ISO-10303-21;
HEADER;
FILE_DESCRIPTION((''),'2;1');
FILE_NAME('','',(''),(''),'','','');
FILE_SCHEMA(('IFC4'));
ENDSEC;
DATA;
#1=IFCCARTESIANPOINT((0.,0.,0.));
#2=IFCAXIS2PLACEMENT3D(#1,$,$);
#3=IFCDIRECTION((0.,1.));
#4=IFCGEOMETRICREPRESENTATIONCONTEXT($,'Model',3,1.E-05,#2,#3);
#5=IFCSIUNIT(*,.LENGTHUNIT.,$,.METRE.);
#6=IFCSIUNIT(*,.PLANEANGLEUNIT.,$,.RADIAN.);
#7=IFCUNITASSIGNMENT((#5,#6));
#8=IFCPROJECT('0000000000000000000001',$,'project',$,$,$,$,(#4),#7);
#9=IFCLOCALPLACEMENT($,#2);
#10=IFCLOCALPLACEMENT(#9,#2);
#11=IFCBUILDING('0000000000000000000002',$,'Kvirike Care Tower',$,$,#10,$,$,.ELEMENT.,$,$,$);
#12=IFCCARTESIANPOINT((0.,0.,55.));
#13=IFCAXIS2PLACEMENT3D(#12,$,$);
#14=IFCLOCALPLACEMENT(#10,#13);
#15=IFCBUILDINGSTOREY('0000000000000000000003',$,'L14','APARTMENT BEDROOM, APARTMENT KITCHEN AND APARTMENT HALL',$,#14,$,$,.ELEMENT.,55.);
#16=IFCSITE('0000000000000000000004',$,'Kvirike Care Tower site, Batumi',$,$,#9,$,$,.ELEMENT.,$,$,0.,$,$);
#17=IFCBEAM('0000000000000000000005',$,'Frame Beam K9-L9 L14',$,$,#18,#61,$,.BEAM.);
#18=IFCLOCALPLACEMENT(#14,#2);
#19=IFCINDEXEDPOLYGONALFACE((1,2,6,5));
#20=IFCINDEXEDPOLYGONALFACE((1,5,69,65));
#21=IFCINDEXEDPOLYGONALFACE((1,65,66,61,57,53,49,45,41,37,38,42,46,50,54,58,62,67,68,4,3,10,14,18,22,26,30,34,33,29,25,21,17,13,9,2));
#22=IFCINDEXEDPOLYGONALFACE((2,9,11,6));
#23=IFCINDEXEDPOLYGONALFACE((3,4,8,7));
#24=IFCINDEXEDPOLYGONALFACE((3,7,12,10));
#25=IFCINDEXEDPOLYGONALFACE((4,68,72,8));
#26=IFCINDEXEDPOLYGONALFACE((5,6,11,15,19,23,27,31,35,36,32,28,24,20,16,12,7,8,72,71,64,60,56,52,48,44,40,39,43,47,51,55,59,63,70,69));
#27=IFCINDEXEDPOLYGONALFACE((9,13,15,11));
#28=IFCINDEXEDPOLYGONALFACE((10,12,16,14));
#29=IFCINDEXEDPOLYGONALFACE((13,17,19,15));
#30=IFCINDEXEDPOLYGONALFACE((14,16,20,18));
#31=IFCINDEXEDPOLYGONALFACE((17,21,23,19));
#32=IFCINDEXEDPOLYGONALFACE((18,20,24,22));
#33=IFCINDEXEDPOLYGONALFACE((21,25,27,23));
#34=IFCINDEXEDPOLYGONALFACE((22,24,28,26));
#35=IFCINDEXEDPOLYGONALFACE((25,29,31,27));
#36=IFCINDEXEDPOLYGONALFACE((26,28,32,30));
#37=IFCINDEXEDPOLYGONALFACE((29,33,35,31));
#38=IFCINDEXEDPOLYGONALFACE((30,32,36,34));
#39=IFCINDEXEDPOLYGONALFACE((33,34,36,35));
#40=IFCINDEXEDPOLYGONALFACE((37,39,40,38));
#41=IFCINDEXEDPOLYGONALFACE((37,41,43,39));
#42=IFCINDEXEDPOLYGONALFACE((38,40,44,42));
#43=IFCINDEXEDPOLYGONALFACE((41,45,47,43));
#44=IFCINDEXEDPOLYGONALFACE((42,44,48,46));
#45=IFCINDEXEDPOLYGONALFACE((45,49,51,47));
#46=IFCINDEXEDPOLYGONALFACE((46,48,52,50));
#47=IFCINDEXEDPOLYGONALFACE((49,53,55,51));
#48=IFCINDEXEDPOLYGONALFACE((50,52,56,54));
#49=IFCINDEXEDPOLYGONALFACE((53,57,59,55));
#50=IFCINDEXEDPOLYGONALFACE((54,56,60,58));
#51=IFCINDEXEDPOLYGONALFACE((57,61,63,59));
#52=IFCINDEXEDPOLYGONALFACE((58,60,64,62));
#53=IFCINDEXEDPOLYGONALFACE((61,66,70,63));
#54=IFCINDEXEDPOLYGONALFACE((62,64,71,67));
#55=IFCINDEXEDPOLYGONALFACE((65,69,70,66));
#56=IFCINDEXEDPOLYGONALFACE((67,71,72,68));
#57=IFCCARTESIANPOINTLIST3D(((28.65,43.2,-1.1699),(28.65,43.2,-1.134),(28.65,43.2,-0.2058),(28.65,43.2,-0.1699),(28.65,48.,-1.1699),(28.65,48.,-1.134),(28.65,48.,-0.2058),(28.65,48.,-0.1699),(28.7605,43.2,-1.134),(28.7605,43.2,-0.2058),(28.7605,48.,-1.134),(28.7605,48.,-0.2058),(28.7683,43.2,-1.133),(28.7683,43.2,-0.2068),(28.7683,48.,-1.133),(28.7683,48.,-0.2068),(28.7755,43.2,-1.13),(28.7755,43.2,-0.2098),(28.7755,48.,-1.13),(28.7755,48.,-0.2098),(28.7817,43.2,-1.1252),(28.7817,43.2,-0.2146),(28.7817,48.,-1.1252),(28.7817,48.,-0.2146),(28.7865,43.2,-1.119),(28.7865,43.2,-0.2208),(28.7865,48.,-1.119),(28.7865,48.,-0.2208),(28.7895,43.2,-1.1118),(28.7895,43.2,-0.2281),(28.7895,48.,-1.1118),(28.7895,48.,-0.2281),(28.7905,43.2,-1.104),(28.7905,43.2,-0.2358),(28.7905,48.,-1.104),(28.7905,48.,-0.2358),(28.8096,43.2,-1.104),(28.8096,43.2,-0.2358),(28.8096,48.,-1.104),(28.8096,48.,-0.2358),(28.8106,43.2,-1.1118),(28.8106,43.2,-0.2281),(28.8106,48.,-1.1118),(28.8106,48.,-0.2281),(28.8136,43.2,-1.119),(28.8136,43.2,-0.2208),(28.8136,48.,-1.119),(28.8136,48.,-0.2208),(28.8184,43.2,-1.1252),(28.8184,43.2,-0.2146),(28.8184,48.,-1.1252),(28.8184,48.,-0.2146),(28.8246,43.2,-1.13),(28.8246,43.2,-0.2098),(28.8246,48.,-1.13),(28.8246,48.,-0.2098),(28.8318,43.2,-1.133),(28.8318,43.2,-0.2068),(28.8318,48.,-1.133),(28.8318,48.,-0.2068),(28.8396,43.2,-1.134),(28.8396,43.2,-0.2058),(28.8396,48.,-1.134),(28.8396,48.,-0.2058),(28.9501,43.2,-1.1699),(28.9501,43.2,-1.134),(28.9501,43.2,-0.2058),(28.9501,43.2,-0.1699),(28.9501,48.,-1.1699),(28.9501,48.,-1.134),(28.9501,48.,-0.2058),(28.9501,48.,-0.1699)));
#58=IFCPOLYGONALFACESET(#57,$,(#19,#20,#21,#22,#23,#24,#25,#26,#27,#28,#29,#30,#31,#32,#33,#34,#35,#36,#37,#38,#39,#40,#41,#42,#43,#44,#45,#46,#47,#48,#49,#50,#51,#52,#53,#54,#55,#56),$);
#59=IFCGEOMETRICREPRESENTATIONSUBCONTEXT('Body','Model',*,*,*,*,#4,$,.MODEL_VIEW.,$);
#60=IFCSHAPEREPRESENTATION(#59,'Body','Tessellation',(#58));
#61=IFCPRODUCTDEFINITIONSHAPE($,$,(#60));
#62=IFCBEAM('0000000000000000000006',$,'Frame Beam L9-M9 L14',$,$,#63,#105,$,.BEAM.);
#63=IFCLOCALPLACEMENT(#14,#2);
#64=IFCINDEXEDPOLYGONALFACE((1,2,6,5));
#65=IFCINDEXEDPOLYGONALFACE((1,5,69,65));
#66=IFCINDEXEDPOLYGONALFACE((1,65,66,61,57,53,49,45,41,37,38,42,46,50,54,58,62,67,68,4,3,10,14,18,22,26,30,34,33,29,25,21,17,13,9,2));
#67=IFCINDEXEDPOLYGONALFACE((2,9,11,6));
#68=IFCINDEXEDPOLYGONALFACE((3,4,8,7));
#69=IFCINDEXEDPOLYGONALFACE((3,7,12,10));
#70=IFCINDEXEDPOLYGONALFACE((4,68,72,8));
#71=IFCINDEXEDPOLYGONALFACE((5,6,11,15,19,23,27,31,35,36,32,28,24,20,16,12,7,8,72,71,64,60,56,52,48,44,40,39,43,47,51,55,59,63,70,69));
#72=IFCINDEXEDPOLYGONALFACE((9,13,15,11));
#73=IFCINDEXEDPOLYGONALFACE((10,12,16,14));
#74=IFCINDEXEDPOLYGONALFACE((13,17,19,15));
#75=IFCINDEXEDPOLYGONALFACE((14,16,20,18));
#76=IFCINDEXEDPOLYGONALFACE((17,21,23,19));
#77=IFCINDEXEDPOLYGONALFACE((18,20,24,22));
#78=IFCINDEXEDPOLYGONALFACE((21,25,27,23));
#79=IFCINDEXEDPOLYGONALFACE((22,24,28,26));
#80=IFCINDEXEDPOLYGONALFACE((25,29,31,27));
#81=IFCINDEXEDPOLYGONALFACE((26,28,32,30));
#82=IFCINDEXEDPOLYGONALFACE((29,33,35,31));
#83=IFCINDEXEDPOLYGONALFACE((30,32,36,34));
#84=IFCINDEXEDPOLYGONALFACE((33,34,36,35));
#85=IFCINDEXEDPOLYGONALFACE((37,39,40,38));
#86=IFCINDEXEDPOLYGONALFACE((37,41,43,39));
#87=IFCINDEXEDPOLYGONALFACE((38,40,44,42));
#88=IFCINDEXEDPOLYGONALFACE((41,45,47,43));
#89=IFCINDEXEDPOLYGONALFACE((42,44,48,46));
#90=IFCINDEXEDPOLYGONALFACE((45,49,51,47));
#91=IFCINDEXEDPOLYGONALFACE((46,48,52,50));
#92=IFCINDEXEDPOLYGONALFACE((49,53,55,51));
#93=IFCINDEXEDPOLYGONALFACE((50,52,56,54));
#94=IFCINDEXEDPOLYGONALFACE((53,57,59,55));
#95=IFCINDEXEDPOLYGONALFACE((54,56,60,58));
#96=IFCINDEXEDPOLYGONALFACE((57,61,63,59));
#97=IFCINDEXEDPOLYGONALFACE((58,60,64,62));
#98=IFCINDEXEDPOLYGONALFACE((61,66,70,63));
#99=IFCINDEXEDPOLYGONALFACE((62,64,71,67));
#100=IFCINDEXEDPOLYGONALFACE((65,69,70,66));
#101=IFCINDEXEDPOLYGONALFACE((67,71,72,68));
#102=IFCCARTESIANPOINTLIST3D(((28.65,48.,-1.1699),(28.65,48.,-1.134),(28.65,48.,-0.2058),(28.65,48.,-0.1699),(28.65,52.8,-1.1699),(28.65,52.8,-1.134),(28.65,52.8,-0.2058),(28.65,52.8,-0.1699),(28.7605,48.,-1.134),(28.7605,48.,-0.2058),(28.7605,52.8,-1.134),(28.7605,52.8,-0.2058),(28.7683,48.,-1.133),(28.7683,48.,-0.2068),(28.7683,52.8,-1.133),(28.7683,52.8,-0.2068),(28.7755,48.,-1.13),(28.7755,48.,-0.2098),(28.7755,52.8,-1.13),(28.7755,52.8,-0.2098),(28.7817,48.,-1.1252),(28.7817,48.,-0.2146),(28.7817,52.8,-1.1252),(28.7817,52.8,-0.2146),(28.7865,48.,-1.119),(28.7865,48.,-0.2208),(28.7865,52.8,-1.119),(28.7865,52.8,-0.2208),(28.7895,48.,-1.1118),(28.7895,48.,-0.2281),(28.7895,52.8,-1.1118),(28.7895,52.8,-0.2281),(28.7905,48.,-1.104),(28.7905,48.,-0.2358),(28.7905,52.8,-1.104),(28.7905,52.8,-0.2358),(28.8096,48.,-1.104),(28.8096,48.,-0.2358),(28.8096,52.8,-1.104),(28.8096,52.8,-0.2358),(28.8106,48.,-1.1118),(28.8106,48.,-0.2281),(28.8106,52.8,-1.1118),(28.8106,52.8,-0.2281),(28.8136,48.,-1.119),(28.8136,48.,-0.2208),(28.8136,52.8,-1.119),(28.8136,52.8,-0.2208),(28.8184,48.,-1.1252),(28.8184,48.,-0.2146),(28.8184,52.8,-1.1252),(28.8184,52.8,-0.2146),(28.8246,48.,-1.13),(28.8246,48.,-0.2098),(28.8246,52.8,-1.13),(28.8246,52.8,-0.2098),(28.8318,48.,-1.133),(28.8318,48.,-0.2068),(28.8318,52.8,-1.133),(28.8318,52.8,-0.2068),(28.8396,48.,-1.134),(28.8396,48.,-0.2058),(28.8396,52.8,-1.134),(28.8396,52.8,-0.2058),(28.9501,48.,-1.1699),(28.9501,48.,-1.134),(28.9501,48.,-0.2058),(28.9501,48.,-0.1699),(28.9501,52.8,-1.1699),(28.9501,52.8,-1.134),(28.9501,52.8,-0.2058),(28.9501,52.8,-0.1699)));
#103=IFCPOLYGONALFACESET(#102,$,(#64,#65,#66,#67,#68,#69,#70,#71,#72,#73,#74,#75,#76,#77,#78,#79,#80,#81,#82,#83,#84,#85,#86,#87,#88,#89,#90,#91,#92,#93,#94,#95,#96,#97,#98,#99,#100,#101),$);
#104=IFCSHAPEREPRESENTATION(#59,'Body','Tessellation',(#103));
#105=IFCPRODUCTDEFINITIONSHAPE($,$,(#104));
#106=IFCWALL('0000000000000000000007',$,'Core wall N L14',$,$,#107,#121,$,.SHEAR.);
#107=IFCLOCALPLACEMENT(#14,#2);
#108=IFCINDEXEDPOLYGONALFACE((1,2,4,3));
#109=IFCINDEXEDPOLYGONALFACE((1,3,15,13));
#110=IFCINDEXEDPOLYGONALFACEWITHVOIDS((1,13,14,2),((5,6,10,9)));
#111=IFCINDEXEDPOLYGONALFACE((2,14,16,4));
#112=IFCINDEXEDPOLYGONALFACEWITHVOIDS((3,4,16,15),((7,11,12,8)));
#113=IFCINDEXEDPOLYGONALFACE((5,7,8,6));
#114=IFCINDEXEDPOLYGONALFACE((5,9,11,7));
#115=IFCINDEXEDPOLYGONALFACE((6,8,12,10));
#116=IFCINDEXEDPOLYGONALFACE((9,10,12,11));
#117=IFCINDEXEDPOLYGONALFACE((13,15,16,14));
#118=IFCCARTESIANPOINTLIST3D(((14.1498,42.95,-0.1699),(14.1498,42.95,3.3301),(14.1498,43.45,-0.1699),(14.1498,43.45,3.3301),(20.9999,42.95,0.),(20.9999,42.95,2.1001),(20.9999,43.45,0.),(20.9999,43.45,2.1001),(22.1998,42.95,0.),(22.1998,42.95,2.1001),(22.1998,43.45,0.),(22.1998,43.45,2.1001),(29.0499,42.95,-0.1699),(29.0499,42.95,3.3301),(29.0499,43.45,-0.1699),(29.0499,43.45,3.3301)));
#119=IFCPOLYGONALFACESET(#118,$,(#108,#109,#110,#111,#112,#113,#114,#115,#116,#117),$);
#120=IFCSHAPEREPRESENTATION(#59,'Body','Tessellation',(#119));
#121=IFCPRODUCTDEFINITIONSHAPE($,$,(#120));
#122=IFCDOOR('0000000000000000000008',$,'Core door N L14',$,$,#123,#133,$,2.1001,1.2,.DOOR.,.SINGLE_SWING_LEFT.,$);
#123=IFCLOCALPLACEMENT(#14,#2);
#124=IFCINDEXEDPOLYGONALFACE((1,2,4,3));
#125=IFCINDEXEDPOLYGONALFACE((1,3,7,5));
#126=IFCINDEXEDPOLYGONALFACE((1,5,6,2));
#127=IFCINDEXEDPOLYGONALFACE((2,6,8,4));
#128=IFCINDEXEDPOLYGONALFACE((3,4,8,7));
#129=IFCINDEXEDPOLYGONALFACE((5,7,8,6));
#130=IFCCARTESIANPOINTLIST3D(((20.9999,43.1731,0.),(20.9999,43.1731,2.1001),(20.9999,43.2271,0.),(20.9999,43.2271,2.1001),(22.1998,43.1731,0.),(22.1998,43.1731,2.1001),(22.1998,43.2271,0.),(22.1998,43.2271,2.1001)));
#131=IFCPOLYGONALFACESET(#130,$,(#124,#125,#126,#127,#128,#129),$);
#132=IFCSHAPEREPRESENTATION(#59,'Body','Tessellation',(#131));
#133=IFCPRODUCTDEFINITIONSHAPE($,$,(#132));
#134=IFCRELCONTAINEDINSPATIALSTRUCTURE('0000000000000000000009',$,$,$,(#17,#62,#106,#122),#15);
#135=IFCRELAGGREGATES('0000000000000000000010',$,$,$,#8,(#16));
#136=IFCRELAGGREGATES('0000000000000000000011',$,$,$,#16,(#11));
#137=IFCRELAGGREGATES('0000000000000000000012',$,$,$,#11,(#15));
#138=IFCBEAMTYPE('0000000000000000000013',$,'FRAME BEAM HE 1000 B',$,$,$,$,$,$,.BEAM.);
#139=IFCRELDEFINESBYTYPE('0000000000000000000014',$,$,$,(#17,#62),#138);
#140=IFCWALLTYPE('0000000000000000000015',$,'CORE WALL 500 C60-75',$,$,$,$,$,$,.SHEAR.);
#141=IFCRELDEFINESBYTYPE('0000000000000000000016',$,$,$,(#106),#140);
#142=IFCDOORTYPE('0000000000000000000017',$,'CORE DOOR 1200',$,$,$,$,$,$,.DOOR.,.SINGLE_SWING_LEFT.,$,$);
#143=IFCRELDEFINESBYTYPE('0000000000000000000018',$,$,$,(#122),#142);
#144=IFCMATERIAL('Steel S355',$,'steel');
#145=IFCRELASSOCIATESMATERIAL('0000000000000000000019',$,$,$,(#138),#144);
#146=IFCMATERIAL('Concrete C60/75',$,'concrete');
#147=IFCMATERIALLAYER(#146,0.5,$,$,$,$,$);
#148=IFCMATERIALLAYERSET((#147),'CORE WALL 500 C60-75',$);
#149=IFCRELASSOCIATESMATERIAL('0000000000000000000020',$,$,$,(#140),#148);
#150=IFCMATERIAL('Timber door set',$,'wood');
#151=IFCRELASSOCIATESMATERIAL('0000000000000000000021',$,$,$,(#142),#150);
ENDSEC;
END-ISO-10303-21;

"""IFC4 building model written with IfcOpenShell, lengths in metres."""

from ifc_helpers import new_model, si_unit, direction, frame, frame_2d, origin, origin_2d, place, context, subcontext, project, spatial, rectangle, i_section, extrude, material, layer, layer_set, material_profile, profile_set, type_object, element, fill, save


model = new_model("IFC4")

# Units and contexts
model_context = context("Model", 3, precision=1e-05, world=origin(), true_north=direction((0.0, 1.0)))
body_context = subcontext(model_context, "Body", "Model", "MODEL_VIEW")
ifc_project = project(units=[si_unit("LENGTHUNIT", "METRE"), si_unit("PLANEANGLEUNIT", "RADIAN")], contexts=[model_context])

# Site, building, storey
site_placement = place(None, origin())
site = spatial("IfcSite", under=ifc_project, at=site_placement, Name="Kvirike Care Tower site, Batumi", CompositionType="ELEMENT", RefElevation=0.0)
building_placement = place(site_placement, origin())
building = spatial("IfcBuilding", under=site, at=building_placement, Name="Kvirike Care Tower", CompositionType="ELEMENT")
storey_placement = place(building_placement, frame((0.0, 0.0, 55.0)))
storey = spatial("IfcBuildingStorey", under=building, at=storey_placement, Name="L14", Description="APARTMENT BEDROOM, APARTMENT KITCHEN AND APARTMENT HALL", CompositionType="ELEMENT", Elevation=55.0)

# Beams
ifc_material_1 = material(Name="Steel S355", Category="steel")
ifc_material_profile_1 = material_profile(ifc_material_1, i_section(OverallWidth=0.3, OverallDepth=1.0, WebThickness=0.019, FlangeThickness=0.0359, FilletRadius=0.03, at=origin_2d()), Name="HE 1000 B")
ifc_profile_set_1 = profile_set([ifc_material_profile_1], Name="Steel S355")
beam_type_1 = type_object("IfcBeamType", Name="FRAME BEAM HE 1000 B", PredefinedType="BEAM", material=ifc_profile_set_1)
for number, where, z_axis, x_axis, name in (
    (1, (28.8, 43.2, -0.6699), (0.0, 1.0, 0.0), (-1.0, 0.0, 0.0), "Frame Beam K9-L9 L14"),
    (2, (28.8, 48.0, -0.6699), (0.0, 1.0, 0.0), (-1.0, 0.0, 0.0), "Frame Beam L9-M9 L14"),
):
    element("IfcBeam", number, at=place(storey_placement, frame(where, z_axis=z_axis, x_axis=x_axis)), inside=storey, type_object=beam_type_1, Name=name, PredefinedType="BEAM", context=body_context, shape_type="SweptSolid", body=[
        extrude(i_section(OverallWidth=0.3, OverallDepth=1.0, WebThickness=0.019, FlangeThickness=0.0359, FilletRadius=0.03, at=origin_2d()), origin(), (0.0, 0.0, 1.0), 4.8),
    ])

# Wall, opening, door
ifc_material_2 = material(Name="Concrete C60/75", Category="concrete")
ifc_layer_1 = layer(ifc_material_2, 0.5)
ifc_layer_set_1 = layer_set([ifc_layer_1], Name="CORE WALL 500 C60-75")
wall_type_1 = type_object("IfcWallType", Name="CORE WALL 500 C60-75", PredefinedType="SHEAR", material=ifc_layer_set_1)
wall_1_placement = place(storey_placement, frame((29.05, 43.2, -0.1699), z_axis=(0.0, 0.0, 1.0), x_axis=(-1.0, 0.0, 0.0)))
wall_1 = element("IfcWall", 3, at=wall_1_placement, inside=storey, type_object=wall_type_1, Name="Core wall N L14", PredefinedType="SHEAR", context=body_context, shape_type="SweptSolid", body=[
    extrude(rectangle(XDim=14.9001, YDim=0.5, at=frame_2d((7.4502, 0.0))), origin(), (0.0, 0.0, 1.0), 3.5),
])
opening_1_placement = place(wall_1_placement, frame((6.8501, 0.0, 0.1699)))
opening_1 = element("IfcOpeningElement", 4, at=opening_1_placement, cuts=wall_1, PredefinedType="OPENING", context=body_context, shape_type="SweptSolid", body=[
    extrude(rectangle(XDim=1.2, YDim=2.1001, at=frame_2d((0.6001, 1.05))), frame((0.0, 0.2605, 0.0), z_axis=(0.0, -1.0, 0.0), x_axis=(1.0, 0.0, 0.0)), (0.0, 0.0, 1.0), 0.521),
])
ifc_material_3 = material(Name="Timber door set", Category="wood")
door_type_1 = type_object("IfcDoorType", Name="CORE DOOR 1200", OperationType="SINGLE_SWING_LEFT", PredefinedType="DOOR", material=ifc_material_3)
door_1_placement = place(opening_1_placement, origin())
door_1 = element("IfcDoor", 5, at=door_1_placement, inside=storey, type_object=door_type_1, Name="Core door N L14", OperationType="SINGLE_SWING_LEFT", OverallHeight=2.1001, OverallWidth=1.2, PredefinedType="DOOR", context=body_context, shape_type="SweptSolid", body=[
    extrude(rectangle(XDim=1.2, YDim=2.1001, at=frame_2d((0.6001, 1.05))), frame((0.0, 0.0269, 0.0), z_axis=(0.0, -1.0, 0.0), x_axis=(1.0, 0.0, 0.0)), (0.0, 0.0, 1.0), 0.054),
])
fill(opening_1, door_1)

save(model, "model.ifc")
